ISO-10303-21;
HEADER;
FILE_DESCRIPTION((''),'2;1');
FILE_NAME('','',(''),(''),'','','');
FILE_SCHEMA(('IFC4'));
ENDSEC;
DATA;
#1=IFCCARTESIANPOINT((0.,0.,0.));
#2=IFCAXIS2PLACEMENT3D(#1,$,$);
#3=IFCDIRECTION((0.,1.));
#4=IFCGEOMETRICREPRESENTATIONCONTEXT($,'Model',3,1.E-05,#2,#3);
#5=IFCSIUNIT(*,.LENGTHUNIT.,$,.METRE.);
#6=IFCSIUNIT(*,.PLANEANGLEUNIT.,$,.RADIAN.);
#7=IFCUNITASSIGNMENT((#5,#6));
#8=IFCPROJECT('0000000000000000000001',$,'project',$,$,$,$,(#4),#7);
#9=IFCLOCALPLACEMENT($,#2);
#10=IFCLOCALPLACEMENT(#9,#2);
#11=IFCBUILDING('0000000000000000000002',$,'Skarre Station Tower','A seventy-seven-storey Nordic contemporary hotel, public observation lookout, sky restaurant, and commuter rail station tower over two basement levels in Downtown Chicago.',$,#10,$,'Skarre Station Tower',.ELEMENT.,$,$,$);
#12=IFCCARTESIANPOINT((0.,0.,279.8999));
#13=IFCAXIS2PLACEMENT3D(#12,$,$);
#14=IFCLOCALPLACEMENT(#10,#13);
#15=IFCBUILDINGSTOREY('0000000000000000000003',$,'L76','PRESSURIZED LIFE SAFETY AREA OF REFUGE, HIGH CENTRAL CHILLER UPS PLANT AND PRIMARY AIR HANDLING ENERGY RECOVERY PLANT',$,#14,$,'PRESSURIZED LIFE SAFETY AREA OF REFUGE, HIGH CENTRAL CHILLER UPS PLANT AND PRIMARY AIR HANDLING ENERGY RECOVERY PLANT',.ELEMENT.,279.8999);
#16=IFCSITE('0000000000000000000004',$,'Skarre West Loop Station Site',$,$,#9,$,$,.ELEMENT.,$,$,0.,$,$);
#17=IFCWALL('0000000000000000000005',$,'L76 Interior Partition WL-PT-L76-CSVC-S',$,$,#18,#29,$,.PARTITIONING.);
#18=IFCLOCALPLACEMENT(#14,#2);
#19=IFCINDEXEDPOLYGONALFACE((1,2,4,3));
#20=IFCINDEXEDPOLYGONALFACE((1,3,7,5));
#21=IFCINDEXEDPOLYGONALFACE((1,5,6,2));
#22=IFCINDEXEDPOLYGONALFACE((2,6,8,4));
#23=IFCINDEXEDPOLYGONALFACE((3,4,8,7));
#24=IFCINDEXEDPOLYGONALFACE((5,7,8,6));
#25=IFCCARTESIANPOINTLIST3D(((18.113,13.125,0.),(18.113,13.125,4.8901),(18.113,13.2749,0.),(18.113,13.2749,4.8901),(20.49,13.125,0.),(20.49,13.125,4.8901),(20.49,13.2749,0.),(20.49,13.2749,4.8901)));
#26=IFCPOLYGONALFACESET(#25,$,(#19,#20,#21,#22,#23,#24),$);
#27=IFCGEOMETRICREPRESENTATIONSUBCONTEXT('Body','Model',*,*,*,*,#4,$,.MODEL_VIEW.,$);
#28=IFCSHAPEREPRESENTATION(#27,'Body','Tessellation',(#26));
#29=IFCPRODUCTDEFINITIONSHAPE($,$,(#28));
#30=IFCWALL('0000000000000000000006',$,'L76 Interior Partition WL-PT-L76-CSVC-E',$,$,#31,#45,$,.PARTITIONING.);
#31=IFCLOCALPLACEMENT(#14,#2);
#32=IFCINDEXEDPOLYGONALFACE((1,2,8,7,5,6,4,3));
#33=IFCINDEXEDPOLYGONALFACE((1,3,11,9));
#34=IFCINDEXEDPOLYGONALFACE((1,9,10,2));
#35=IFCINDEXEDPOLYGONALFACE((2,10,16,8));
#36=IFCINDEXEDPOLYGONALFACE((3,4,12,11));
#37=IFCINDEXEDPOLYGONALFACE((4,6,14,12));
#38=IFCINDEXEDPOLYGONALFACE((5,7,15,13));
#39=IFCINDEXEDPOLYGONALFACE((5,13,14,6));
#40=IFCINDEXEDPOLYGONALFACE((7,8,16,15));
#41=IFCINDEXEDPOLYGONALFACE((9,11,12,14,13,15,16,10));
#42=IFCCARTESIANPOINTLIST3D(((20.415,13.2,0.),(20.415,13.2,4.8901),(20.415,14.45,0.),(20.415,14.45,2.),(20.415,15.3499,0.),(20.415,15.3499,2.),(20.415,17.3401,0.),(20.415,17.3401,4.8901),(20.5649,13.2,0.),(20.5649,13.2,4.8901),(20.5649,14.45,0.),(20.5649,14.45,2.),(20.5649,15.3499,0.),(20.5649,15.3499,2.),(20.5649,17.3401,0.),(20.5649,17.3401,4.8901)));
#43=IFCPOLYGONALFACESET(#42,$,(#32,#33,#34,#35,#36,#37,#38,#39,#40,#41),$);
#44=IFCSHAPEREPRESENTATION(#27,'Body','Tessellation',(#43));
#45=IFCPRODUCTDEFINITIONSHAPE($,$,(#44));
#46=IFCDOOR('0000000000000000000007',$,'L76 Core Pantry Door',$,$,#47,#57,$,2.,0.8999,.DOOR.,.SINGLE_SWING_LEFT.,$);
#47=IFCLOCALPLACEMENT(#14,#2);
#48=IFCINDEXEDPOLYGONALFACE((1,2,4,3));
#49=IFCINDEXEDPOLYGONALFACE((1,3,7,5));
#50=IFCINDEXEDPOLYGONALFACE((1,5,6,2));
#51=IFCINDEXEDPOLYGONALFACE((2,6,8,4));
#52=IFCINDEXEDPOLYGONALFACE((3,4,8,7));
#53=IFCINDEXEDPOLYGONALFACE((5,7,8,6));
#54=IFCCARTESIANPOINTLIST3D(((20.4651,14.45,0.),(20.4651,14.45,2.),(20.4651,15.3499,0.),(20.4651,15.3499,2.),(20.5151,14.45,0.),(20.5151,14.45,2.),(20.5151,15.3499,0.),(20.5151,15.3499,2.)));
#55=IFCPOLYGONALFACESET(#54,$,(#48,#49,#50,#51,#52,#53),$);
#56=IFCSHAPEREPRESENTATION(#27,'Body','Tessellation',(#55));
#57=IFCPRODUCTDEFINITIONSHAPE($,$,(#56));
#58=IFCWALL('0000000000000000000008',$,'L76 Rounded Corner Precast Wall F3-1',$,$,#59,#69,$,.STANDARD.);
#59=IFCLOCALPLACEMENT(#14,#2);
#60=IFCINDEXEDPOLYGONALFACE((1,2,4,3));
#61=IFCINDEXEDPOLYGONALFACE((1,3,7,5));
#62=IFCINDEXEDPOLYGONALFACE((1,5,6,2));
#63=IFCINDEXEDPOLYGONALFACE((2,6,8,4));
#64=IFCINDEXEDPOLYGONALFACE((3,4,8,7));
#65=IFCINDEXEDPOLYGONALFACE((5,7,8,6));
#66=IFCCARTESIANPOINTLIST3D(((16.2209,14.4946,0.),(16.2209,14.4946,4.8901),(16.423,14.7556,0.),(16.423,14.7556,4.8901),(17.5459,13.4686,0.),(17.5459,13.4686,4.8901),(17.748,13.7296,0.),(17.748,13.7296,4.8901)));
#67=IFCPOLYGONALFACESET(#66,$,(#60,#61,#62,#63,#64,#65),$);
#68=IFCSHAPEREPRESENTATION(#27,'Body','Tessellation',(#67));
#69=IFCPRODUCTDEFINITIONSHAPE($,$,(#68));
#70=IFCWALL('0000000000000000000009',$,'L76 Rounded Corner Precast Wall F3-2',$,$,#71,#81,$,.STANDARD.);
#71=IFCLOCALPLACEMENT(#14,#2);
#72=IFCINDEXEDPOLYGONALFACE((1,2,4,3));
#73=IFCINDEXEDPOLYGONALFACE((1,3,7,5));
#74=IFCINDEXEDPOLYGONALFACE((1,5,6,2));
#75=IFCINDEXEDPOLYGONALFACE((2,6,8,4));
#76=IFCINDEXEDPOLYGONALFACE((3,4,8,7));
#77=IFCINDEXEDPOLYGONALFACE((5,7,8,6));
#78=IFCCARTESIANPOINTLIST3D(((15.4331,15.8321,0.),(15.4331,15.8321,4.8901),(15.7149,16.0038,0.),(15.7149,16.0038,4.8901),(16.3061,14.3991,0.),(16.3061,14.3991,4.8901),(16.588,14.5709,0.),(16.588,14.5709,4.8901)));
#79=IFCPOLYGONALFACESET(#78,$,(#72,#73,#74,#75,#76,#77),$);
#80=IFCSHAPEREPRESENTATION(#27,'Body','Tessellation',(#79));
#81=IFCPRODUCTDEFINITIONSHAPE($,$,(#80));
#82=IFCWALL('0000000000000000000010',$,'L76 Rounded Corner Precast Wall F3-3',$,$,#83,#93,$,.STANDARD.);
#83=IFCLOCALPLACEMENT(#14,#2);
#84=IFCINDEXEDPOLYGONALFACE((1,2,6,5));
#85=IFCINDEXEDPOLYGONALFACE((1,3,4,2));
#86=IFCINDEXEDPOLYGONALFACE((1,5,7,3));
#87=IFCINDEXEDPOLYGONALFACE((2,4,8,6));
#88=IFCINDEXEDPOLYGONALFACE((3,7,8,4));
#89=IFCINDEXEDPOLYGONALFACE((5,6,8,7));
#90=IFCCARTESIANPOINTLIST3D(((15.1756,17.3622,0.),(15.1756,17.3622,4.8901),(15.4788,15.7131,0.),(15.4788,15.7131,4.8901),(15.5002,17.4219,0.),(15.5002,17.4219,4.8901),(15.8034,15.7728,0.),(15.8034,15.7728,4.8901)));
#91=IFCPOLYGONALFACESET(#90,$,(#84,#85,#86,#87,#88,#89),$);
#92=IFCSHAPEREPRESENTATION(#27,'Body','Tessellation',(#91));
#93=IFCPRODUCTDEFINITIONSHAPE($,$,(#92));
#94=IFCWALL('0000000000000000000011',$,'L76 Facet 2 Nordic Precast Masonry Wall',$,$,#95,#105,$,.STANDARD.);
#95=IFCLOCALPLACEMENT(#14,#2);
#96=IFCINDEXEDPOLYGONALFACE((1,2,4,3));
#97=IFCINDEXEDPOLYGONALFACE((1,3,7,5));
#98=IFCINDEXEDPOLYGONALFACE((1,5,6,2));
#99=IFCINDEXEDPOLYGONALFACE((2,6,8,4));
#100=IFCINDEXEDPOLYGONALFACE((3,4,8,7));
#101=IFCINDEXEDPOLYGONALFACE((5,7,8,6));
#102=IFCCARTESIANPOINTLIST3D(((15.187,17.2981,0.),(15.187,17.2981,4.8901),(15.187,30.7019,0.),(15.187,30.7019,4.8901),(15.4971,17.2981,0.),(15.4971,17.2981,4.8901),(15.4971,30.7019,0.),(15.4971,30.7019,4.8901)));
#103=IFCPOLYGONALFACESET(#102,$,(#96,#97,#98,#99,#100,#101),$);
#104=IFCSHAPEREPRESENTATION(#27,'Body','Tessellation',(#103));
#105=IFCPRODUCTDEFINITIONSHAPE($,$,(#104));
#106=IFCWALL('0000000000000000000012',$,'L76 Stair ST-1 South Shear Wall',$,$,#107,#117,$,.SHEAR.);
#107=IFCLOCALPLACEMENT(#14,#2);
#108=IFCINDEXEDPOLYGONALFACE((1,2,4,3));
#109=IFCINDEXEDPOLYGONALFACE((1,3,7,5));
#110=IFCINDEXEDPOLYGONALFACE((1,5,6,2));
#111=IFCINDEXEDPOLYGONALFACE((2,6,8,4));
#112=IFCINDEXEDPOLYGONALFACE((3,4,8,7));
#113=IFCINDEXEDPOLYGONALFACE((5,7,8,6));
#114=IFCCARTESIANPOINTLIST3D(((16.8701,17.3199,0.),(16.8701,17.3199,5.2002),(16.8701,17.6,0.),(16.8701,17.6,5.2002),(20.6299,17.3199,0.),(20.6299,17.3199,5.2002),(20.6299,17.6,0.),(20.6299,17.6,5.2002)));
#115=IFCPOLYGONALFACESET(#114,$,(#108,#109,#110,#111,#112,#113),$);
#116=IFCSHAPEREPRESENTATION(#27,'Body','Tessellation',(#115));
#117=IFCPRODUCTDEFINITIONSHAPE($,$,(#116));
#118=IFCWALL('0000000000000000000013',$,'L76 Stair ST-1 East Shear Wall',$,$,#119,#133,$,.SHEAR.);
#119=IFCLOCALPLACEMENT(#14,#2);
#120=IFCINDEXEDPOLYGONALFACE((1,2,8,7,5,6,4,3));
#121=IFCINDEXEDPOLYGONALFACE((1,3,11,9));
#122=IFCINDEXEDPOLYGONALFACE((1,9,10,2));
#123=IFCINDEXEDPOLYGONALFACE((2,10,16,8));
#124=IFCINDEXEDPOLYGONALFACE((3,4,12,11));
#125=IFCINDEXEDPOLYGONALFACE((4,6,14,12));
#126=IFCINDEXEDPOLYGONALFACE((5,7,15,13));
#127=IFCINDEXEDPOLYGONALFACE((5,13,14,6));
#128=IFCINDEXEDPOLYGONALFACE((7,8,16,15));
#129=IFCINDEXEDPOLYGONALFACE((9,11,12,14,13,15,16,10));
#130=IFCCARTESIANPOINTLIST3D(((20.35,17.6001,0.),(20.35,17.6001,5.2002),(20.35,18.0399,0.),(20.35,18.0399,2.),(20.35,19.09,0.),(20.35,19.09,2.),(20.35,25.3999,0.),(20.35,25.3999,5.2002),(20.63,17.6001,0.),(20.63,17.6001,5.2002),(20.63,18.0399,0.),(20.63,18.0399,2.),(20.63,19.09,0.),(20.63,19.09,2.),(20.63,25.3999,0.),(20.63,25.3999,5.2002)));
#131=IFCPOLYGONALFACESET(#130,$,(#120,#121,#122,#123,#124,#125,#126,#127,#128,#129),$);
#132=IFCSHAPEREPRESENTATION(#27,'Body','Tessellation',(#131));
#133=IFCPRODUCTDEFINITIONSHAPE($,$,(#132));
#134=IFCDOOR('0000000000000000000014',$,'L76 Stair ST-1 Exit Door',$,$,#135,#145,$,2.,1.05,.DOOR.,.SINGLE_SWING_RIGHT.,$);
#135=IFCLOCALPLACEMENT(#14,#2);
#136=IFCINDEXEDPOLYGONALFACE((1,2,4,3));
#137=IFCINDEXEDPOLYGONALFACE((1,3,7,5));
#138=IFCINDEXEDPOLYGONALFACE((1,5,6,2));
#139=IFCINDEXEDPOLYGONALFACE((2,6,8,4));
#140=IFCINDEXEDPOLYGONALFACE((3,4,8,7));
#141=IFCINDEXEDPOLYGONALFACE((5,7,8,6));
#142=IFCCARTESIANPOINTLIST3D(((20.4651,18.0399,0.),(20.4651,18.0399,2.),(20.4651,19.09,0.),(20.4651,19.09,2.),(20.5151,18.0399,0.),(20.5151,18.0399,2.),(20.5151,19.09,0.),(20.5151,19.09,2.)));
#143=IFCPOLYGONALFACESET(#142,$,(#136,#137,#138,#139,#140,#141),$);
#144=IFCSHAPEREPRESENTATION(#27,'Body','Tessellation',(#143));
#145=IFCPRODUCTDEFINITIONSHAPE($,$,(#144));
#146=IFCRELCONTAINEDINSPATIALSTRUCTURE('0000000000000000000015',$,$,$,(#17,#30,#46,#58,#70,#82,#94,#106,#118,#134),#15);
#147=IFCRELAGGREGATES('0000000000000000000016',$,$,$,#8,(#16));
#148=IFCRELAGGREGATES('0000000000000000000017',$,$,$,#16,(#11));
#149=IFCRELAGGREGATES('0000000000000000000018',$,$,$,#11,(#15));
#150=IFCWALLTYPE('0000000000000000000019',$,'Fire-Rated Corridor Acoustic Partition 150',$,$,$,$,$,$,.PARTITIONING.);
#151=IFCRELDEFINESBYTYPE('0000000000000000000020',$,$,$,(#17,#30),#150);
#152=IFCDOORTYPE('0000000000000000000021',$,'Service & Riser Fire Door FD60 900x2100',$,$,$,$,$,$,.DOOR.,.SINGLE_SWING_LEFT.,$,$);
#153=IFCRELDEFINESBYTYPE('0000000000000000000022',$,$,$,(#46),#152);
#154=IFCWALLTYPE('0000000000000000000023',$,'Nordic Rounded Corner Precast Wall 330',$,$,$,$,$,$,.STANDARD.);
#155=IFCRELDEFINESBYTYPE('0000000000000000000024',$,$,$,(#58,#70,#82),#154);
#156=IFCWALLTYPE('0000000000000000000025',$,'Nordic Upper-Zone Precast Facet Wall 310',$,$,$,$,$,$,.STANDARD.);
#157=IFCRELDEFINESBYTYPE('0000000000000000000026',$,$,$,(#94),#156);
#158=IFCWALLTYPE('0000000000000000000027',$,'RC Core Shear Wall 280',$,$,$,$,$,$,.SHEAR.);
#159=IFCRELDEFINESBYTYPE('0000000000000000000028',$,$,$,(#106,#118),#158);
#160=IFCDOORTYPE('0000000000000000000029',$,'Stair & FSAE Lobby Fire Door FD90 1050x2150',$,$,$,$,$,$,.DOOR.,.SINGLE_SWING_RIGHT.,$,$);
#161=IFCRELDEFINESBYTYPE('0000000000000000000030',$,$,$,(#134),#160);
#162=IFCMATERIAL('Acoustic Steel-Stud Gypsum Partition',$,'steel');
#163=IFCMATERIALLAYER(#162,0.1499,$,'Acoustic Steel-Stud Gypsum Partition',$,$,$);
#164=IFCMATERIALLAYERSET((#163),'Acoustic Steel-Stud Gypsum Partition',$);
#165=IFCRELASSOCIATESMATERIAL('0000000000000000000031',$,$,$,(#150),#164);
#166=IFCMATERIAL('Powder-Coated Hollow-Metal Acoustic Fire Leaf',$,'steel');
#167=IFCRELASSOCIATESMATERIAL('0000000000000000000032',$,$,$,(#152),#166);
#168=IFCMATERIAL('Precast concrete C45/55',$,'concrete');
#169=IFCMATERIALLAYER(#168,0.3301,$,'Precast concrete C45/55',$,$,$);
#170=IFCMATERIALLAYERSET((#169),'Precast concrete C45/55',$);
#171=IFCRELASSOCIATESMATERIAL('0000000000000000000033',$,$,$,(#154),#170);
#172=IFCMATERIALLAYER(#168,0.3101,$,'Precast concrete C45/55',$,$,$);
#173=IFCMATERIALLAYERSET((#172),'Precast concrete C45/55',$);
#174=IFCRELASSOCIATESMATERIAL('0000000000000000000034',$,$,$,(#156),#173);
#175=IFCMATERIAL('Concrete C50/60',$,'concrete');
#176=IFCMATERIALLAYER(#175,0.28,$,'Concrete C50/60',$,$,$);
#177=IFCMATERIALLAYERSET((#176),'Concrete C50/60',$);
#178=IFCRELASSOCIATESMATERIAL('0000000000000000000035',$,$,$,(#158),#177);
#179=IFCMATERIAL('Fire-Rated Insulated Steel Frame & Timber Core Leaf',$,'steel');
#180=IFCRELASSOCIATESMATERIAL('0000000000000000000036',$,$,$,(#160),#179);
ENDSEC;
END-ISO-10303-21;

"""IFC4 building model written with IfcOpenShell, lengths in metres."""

from ifc_helpers import new_model, si_unit, direction, frame, frame_2d, origin, place, context, subcontext, project, spatial, rectangle, extrude, material, layer, layer_set, type_object, element, fill, save


model = new_model("IFC4")

# Units and contexts
model_context = context("Model", 3, precision=1e-05, world=origin(), true_north=direction((0.0, 1.0)))
body_context = subcontext(model_context, "Body", "Model", "MODEL_VIEW")
ifc_project = project(units=[si_unit("LENGTHUNIT", "METRE"), si_unit("PLANEANGLEUNIT", "RADIAN")], contexts=[model_context])

# Site, building, storey
site_placement = place(None, origin())
site = spatial("IfcSite", under=ifc_project, at=site_placement, Name="Skarre West Loop Station Site", CompositionType="ELEMENT", RefElevation=0.0)
building_placement = place(site_placement, origin())
building = spatial("IfcBuilding", under=site, at=building_placement, Name="Skarre Station Tower", Description="A seventy-seven-storey Nordic contemporary hotel, public observation lookout, sky restaurant, and commuter rail station tower over two basement levels in Downtown Chicago.", LongName="Skarre Station Tower", CompositionType="ELEMENT")
storey_placement = place(building_placement, frame((0.0, 0.0, 279.8999)))
storey = spatial("IfcBuildingStorey", under=building, at=storey_placement, Name="L76", Description="PRESSURIZED LIFE SAFETY AREA OF REFUGE, HIGH CENTRAL CHILLER UPS PLANT AND PRIMARY AIR HANDLING ENERGY RECOVERY PLANT", LongName="PRESSURIZED LIFE SAFETY AREA OF REFUGE, HIGH CENTRAL CHILLER UPS PLANT AND PRIMARY AIR HANDLING ENERGY RECOVERY PLANT", CompositionType="ELEMENT", Elevation=279.8999)

# Shared definitions
ifc_material_1 = material(Name="Concrete C50/60", Category="concrete")

# Wall
ifc_material_2 = material(Name="Acoustic Steel-Stud Gypsum Partition", Category="steel")
ifc_layer_1 = layer(ifc_material_2, 0.1499, Name="Acoustic Steel-Stud Gypsum Partition")
ifc_layer_set_1 = layer_set([ifc_layer_1], Name="Acoustic Steel-Stud Gypsum Partition")
wall_type_1 = type_object("IfcWallType", Name="Fire-Rated Corridor Acoustic Partition 150", PredefinedType="PARTITIONING", material=ifc_layer_set_1)
wall_1_placement = place(storey_placement, frame((18.113, 13.2, 0.0), z_axis=(0.0, 0.0, 1.0), x_axis=(1.0, 0.0, 0.0)))
element("IfcWall", 1, at=wall_1_placement, inside=storey, type_object=wall_type_1, Name="L76 Interior Partition WL-PT-L76-CSVC-S", PredefinedType="PARTITIONING", context=body_context, shape_type="SweptSolid", body=[
    extrude(rectangle(XDim=2.377, YDim=0.1499, at=frame_2d((1.1885, 0.0))), origin(), (0.0, 0.0, 1.0), 4.8901),
])

# Wall, opening, door
wall_2_placement = place(storey_placement, frame((20.49, 13.2, 0.0), z_axis=(0.0, 0.0, 1.0), x_axis=(0.0, 1.0, 0.0)))
wall_2 = element("IfcWall", 2, at=wall_2_placement, inside=storey, type_object=wall_type_1, Name="L76 Interior Partition WL-PT-L76-CSVC-E", PredefinedType="PARTITIONING", context=body_context, shape_type="SweptSolid", body=[
    extrude(rectangle(XDim=4.1401, YDim=0.1499, at=frame_2d((2.0701, 0.0))), origin(), (0.0, 0.0, 1.0), 4.8901),
])
opening_1_placement = place(wall_2_placement, frame((1.25, 0.0, 0.0)))
opening_1 = element("IfcOpeningElement", 3, at=opening_1_placement, cuts=wall_2, PredefinedType="OPENING", context=body_context, shape_type="SweptSolid", body=[
    extrude(rectangle(XDim=0.8999, YDim=2.0, at=frame_2d((0.45, 1.0))), frame((0.0, 0.085, 0.0), z_axis=(0.0, -1.0, 0.0), x_axis=(1.0, 0.0, 0.0)), (0.0, 0.0, 1.0), 0.1699),
])
ifc_material_3 = material(Name="Powder-Coated Hollow-Metal Acoustic Fire Leaf", Category="steel")
door_type_1 = type_object("IfcDoorType", Name="Service & Riser Fire Door FD60 900x2100", OperationType="SINGLE_SWING_LEFT", PredefinedType="DOOR", material=ifc_material_3)
door_1_placement = place(opening_1_placement, origin())
door_1 = element("IfcDoor", 4, at=door_1_placement, inside=storey, type_object=door_type_1, Name="L76 Core Pantry Door", OperationType="SINGLE_SWING_LEFT", OverallHeight=2.0, OverallWidth=0.8999, PredefinedType="DOOR", context=body_context, shape_type="SweptSolid", body=[
    extrude(rectangle(XDim=0.8999, YDim=2.0, at=frame_2d((0.45, 1.0))), frame((0.0, 0.0249, 0.0), z_axis=(0.0, -1.0, 0.0), x_axis=(1.0, 0.0, 0.0)), (0.0, 0.0, 1.0), 0.05),
])
fill(opening_1, door_1)

# Walls
ifc_material_4 = material(Name="Precast concrete C45/55", Category="concrete")
ifc_layer_2 = layer(ifc_material_4, 0.3301, Name="Precast concrete C45/55")
ifc_layer_set_2 = layer_set([ifc_layer_2], Name="Precast concrete C45/55")
wall_type_2 = type_object("IfcWallType", Name="Nordic Rounded Corner Precast Wall 330", PredefinedType="STANDARD", material=ifc_layer_set_2)
wall_3_placement = place(storey_placement, frame((17.647, 13.5991, 0.0), z_axis=(0.0, 0.0, 1.0), x_axis=(-0.790692, 0.612214, 0.0)))
element("IfcWall", 5, at=wall_3_placement, inside=storey, type_object=wall_type_2, Name="L76 Rounded Corner Precast Wall F3-1", PredefinedType="STANDARD", context=body_context, shape_type="SweptSolid", body=[
    extrude(rectangle(XDim=1.6758, YDim=0.3301, at=frame_2d((0.8379, 0.0))), origin(), (0.0, 0.0, 1.0), 4.8901),
])
wall_4_placement = place(storey_placement, frame((16.447, 14.4851, 0.0), z_axis=(0.0, 0.0, 1.0), x_axis=(-0.520325, 0.853968, 0.0)))
element("IfcWall", 6, at=wall_4_placement, inside=storey, type_object=wall_type_2, Name="L76 Rounded Corner Precast Wall F3-2", PredefinedType="STANDARD", context=body_context, shape_type="SweptSolid", body=[
    extrude(rectangle(XDim=1.678, YDim=0.3301, at=frame_2d((0.8389, 0.0))), origin(), (0.0, 0.0, 1.0), 4.8901),
])
wall_5_placement = place(storey_placement, frame((15.6411, 15.7429, 0.0), z_axis=(0.0, 0.0, 1.0), x_axis=(-0.180833, 0.983514, 0.0)))
element("IfcWall", 7, at=wall_5_placement, inside=storey, type_object=wall_type_2, Name="L76 Rounded Corner Precast Wall F3-3", PredefinedType="STANDARD", context=body_context, shape_type="SweptSolid", body=[
    extrude(rectangle(XDim=1.6768, YDim=0.3301, at=frame_2d((0.8384, 0.0))), origin(), (0.0, 0.0, 1.0), 4.8901),
])
ifc_layer_3 = layer(ifc_material_4, 0.3101, Name="Precast concrete C45/55")
ifc_layer_set_3 = layer_set([ifc_layer_3], Name="Precast concrete C45/55")
wall_type_3 = type_object("IfcWallType", Name="Nordic Upper-Zone Precast Facet Wall 310", PredefinedType="STANDARD", material=ifc_layer_set_3)
wall_6_placement = place(storey_placement, frame((15.342, 17.2981, 0.0), z_axis=(0.0, 0.0, 1.0), x_axis=(0.0, 1.0, 0.0)))
element("IfcWall", 8, at=wall_6_placement, inside=storey, type_object=wall_type_3, Name="L76 Facet 2 Nordic Precast Masonry Wall", PredefinedType="STANDARD", context=body_context, shape_type="SweptSolid", body=[
    extrude(rectangle(XDim=13.4038, YDim=0.3101, at=frame_2d((6.7019, 0.0))), origin(), (0.0, 0.0, 1.0), 4.8901),
])
ifc_layer_4 = layer(ifc_material_1, 0.28, Name="Concrete C50/60")
ifc_layer_set_4 = layer_set([ifc_layer_4], Name="Concrete C50/60")
wall_type_4 = type_object("IfcWallType", Name="RC Core Shear Wall 280", PredefinedType="SHEAR", material=ifc_layer_set_4)
wall_7_placement = place(storey_placement, frame((16.8701, 17.46, 0.0), z_axis=(0.0, 0.0, 1.0), x_axis=(1.0, 0.0, 0.0)))
element("IfcWall", 9, at=wall_7_placement, inside=storey, type_object=wall_type_4, Name="L76 Stair ST-1 South Shear Wall", PredefinedType="SHEAR", context=body_context, shape_type="SweptSolid", body=[
    extrude(rectangle(XDim=3.7598, YDim=0.28, at=frame_2d((1.8799, 0.0))), origin(), (0.0, 0.0, 1.0), 5.2002),
])

# Wall, opening, door
wall_8_placement = place(storey_placement, frame((20.49, 17.6001, 0.0), z_axis=(0.0, 0.0, 1.0), x_axis=(0.0, 1.0, 0.0)))
wall_8 = element("IfcWall", 10, at=wall_8_placement, inside=storey, type_object=wall_type_4, Name="L76 Stair ST-1 East Shear Wall", PredefinedType="SHEAR", context=body_context, shape_type="SweptSolid", body=[
    extrude(rectangle(XDim=7.7998, YDim=0.28, at=frame_2d((3.8999, 0.0))), origin(), (0.0, 0.0, 1.0), 5.2002),
])
opening_2_placement = place(wall_8_placement, frame((0.4399, 0.0, 0.0)))
opening_2 = element("IfcOpeningElement", 11, at=opening_2_placement, cuts=wall_8, PredefinedType="OPENING", context=body_context, shape_type="SweptSolid", body=[
    extrude(rectangle(XDim=1.05, YDim=2.0, at=frame_2d((0.5249, 1.0))), frame((0.0, 0.1499, 0.0), z_axis=(0.0, -1.0, 0.0), x_axis=(1.0, 0.0, 0.0)), (0.0, 0.0, 1.0), 0.3),
])
ifc_material_5 = material(Name="Fire-Rated Insulated Steel Frame & Timber Core Leaf", Category="steel")
door_type_2 = type_object("IfcDoorType", Name="Stair & FSAE Lobby Fire Door FD90 1050x2150", OperationType="SINGLE_SWING_RIGHT", PredefinedType="DOOR", material=ifc_material_5)
door_2_placement = place(opening_2_placement, origin())
door_2 = element("IfcDoor", 12, at=door_2_placement, inside=storey, type_object=door_type_2, Name="L76 Stair ST-1 Exit Door", OperationType="SINGLE_SWING_RIGHT", OverallHeight=2.0, OverallWidth=1.05, PredefinedType="DOOR", context=body_context, shape_type="SweptSolid", body=[
    extrude(rectangle(XDim=1.05, YDim=2.0, at=frame_2d((0.5249, 1.0))), frame((0.0, 0.0249, 0.0), z_axis=(0.0, -1.0, 0.0), x_axis=(1.0, 0.0, 0.0)), (0.0, 0.0, 1.0), 0.05),
])
fill(opening_2, door_2)

save(model, "model.ifc")
